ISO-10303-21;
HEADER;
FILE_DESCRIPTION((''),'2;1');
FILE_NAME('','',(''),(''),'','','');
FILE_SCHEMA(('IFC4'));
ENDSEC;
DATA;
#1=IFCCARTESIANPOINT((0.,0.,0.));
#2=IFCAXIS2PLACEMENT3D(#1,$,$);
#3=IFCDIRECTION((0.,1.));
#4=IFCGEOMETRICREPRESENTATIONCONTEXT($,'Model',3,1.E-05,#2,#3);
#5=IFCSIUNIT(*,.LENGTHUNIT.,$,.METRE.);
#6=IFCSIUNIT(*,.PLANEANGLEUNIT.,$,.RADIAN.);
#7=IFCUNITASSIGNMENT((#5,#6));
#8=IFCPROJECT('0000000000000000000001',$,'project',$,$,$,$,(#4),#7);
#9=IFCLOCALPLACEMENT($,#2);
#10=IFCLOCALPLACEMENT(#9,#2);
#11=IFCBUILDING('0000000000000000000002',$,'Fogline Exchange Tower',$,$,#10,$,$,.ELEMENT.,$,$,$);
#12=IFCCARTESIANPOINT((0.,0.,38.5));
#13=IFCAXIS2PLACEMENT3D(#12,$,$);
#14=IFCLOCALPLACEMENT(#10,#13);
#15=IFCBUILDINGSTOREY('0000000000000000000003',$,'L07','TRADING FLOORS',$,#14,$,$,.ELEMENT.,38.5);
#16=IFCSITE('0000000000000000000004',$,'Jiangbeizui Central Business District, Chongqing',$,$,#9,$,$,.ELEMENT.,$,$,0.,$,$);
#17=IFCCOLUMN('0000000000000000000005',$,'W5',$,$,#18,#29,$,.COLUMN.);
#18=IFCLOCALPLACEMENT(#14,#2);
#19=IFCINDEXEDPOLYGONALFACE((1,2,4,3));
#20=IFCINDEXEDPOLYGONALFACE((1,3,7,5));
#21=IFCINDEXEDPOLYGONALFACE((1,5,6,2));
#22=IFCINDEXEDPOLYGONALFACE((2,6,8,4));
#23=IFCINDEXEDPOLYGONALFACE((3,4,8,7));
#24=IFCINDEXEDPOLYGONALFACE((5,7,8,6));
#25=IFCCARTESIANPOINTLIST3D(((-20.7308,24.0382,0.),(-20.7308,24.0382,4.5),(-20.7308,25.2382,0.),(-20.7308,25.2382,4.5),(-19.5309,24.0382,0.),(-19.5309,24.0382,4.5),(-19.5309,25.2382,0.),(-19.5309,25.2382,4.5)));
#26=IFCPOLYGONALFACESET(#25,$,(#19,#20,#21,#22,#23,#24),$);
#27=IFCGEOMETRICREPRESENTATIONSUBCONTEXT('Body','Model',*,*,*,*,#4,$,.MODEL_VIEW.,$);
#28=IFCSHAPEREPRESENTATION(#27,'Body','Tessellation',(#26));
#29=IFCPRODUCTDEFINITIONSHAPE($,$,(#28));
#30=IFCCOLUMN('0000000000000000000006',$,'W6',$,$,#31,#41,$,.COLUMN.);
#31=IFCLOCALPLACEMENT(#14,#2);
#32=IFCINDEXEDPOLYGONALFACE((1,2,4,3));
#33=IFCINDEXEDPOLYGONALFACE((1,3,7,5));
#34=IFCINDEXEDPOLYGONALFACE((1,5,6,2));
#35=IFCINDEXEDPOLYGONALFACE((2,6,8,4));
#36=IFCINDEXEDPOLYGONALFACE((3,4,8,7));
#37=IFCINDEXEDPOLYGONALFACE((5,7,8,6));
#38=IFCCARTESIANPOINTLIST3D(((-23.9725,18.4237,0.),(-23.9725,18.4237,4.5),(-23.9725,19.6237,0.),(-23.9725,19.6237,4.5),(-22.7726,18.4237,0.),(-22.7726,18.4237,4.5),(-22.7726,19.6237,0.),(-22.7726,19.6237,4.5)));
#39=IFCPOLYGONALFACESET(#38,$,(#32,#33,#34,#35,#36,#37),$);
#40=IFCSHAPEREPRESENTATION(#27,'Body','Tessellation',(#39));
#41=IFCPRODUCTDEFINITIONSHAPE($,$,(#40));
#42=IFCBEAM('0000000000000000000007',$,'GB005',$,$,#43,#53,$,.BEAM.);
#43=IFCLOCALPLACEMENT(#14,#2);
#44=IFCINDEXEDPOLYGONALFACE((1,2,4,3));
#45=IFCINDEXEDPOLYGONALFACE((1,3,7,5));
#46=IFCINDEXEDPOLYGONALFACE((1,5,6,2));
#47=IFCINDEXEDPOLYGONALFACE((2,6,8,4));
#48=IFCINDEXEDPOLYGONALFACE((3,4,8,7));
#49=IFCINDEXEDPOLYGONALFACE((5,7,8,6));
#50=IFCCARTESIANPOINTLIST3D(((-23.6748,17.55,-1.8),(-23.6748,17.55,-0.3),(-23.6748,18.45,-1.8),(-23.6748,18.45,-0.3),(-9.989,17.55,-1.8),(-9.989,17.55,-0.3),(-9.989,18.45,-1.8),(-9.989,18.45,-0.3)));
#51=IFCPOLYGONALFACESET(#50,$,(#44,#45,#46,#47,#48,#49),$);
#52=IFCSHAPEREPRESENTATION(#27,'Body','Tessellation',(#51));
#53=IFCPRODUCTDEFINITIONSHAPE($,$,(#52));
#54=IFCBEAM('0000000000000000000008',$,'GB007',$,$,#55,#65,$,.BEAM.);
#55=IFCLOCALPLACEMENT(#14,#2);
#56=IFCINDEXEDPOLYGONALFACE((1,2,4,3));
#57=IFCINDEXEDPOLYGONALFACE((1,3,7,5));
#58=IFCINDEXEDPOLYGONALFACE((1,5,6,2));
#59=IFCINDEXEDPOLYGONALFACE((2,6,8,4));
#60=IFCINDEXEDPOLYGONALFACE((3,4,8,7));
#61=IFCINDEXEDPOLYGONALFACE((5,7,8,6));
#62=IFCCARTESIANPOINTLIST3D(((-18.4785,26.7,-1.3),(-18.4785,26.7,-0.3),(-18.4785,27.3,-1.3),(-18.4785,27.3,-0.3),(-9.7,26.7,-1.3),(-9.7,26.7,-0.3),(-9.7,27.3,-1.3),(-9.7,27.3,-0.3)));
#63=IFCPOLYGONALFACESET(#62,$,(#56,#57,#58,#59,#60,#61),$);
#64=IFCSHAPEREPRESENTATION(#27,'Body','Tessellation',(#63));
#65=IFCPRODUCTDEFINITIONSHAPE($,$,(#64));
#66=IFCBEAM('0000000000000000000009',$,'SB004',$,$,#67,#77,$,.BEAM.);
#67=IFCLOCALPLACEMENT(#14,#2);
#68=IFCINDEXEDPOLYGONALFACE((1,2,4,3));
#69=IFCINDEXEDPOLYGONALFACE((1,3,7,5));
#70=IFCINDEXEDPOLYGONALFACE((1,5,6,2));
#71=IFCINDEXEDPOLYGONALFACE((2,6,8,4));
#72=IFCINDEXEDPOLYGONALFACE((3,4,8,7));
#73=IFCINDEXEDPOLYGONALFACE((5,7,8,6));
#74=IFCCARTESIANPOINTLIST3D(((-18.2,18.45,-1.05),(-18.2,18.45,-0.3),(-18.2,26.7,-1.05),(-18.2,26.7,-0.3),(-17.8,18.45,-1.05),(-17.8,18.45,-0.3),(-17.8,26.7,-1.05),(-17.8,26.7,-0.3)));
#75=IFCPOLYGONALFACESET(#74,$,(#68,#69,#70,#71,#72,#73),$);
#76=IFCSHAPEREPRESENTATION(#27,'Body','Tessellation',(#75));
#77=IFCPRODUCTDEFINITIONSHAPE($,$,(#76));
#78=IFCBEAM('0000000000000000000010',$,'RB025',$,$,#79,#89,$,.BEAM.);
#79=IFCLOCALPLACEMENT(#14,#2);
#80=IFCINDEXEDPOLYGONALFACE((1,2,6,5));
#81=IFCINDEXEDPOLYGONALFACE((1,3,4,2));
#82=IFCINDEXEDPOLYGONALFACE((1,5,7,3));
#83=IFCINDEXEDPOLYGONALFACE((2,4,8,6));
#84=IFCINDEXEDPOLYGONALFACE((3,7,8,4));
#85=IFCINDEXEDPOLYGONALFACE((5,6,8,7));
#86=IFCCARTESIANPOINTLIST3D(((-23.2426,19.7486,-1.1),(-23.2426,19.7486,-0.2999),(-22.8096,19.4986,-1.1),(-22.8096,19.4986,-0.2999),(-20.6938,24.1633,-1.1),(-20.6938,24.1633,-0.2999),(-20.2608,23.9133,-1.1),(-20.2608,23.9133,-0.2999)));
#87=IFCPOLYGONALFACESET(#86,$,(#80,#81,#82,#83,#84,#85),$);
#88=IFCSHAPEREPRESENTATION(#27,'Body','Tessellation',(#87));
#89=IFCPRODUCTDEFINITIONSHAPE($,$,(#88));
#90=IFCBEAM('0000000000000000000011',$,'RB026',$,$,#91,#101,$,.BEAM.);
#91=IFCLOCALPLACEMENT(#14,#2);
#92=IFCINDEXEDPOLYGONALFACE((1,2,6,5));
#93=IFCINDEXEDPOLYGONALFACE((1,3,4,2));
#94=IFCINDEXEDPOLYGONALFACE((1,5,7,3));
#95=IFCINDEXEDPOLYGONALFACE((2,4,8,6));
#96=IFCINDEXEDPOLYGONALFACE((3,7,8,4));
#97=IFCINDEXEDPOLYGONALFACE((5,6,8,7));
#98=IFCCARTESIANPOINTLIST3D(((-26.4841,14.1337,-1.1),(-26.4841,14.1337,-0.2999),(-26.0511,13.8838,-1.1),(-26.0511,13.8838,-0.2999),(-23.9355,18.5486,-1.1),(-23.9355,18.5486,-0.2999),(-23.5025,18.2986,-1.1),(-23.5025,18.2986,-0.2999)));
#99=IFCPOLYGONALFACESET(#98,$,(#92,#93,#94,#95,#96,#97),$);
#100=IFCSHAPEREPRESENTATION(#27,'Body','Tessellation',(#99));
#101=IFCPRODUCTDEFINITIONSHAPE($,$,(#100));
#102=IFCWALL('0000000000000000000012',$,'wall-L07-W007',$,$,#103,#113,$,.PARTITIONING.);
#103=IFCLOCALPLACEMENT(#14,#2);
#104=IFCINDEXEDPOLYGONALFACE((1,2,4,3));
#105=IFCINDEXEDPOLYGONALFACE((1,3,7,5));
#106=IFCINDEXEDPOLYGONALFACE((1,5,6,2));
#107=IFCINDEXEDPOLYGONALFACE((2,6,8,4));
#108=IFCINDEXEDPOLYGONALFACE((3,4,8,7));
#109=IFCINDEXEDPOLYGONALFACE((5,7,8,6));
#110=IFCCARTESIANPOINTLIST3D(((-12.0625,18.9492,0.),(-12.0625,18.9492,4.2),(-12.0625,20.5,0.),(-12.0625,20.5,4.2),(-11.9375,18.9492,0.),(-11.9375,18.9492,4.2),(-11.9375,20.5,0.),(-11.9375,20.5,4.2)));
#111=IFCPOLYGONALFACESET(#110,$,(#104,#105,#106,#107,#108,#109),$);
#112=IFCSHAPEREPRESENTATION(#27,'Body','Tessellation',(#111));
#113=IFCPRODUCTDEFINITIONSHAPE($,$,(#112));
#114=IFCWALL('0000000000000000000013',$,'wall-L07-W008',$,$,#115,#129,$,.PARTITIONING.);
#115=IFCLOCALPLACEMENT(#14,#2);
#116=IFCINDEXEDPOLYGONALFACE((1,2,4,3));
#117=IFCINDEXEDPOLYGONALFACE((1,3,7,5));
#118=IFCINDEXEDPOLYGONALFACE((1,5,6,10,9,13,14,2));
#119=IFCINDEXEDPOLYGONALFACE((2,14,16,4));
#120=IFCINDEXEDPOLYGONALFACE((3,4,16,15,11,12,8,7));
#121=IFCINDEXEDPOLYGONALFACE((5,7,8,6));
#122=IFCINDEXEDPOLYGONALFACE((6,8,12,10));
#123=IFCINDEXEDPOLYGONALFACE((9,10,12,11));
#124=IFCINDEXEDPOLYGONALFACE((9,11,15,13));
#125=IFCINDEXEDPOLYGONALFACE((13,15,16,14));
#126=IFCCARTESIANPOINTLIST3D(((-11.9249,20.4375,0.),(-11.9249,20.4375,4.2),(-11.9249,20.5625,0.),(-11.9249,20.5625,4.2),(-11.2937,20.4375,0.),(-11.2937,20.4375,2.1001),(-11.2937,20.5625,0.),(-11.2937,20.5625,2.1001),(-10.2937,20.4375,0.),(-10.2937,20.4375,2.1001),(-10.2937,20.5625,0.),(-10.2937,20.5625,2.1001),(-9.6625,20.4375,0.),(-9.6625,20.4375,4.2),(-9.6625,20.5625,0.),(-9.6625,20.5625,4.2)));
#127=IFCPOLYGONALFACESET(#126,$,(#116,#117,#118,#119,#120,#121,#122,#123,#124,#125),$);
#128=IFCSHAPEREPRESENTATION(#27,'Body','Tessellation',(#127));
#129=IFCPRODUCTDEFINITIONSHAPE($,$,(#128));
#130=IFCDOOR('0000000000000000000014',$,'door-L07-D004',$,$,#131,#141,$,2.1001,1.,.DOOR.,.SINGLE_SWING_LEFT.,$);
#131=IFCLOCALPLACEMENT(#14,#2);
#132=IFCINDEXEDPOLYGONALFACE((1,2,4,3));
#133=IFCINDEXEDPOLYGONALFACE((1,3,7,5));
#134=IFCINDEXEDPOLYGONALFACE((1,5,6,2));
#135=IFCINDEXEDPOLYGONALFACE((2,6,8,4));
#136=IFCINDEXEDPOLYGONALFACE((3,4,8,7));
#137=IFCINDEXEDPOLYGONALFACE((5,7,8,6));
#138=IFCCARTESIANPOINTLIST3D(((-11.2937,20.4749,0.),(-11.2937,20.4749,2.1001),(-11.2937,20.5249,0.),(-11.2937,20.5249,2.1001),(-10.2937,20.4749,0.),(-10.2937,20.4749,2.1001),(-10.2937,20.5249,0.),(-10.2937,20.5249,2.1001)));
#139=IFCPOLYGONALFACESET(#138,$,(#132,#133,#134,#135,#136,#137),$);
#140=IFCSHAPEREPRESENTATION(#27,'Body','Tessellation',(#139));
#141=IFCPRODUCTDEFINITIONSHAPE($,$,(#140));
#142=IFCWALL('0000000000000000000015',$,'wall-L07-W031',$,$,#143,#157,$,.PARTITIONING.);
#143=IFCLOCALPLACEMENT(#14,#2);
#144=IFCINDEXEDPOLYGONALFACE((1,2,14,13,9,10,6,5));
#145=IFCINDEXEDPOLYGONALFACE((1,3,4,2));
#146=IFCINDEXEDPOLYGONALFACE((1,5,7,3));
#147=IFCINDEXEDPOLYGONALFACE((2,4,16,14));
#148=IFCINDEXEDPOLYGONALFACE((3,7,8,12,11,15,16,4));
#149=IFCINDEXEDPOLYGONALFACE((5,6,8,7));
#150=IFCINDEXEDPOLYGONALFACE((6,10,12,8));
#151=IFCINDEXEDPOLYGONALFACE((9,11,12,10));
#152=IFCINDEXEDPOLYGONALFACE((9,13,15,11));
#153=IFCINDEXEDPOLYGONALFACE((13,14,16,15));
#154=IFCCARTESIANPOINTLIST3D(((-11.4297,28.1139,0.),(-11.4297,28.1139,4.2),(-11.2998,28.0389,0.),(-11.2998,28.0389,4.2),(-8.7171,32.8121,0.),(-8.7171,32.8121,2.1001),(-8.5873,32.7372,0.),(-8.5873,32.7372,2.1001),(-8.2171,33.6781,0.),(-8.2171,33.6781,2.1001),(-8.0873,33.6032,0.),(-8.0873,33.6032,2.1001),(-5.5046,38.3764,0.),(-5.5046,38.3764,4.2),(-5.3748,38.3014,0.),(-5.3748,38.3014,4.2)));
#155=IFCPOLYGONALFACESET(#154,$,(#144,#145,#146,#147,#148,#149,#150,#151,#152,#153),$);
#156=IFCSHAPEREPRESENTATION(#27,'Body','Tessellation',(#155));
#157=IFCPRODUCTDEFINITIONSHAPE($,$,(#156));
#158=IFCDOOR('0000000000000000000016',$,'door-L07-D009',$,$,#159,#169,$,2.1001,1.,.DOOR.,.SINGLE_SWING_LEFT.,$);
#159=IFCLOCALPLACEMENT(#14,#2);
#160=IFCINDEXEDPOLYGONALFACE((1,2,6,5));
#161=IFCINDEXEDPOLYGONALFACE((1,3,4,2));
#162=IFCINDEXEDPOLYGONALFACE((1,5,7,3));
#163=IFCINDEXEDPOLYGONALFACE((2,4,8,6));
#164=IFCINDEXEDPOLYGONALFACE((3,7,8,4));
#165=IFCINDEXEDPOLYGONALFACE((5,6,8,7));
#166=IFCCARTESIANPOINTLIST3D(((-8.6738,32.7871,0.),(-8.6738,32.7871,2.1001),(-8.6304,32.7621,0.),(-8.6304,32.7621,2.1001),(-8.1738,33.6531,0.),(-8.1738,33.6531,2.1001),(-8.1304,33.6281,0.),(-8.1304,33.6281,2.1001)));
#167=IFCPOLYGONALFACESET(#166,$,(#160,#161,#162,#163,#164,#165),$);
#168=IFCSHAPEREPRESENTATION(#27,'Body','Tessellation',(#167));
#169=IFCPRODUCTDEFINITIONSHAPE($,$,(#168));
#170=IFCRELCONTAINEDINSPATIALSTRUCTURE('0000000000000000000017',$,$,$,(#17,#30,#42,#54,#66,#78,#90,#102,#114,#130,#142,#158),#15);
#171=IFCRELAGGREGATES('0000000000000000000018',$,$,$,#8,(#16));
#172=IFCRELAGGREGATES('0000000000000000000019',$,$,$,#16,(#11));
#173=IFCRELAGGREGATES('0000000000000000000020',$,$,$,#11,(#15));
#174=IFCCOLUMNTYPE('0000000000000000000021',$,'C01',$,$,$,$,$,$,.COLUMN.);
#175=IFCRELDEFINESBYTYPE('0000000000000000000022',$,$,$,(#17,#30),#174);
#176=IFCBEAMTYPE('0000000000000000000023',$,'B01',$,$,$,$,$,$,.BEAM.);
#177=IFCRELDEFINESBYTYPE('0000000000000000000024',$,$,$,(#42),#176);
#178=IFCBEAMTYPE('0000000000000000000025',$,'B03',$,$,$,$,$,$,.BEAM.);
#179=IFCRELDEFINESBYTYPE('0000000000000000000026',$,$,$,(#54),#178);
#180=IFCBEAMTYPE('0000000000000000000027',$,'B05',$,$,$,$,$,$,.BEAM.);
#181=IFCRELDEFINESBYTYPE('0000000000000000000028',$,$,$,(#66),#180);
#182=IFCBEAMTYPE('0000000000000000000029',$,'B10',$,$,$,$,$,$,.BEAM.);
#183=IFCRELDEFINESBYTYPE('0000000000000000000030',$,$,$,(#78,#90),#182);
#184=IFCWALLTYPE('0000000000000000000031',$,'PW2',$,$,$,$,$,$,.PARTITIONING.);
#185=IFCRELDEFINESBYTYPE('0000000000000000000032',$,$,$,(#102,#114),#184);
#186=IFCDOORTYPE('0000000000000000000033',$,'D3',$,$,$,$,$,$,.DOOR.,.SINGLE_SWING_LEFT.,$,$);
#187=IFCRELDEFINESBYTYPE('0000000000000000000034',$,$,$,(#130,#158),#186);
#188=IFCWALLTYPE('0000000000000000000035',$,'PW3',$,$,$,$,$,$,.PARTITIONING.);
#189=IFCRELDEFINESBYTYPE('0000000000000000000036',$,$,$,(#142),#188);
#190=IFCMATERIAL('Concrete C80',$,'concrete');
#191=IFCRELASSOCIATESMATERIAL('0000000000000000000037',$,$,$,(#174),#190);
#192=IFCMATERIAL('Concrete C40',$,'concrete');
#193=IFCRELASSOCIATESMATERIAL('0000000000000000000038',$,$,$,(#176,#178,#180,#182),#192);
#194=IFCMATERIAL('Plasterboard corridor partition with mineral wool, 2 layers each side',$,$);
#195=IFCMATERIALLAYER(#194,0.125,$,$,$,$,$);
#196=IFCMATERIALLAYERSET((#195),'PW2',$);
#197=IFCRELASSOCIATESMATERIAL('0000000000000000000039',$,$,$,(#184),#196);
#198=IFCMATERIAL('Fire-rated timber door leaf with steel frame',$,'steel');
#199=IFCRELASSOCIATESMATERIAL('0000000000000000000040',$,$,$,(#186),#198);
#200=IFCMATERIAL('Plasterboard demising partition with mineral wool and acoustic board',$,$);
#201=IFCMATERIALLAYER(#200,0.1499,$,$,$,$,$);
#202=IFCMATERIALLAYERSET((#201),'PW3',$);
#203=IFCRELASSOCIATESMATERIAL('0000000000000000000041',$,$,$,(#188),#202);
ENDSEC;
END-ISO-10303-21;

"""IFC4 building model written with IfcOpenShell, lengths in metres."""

from ifc_helpers import new_model, si_unit, direction, frame, frame_2d, origin, origin_2d, place, context, subcontext, project, spatial, rectangle, extrude, material, layer, layer_set, material_profile, profile_set, type_object, element, fill, save


model = new_model("IFC4")

# Units and contexts
model_context = context("Model", 3, precision=1e-05, world=origin(), true_north=direction((0.0, 1.0)))
body_context = subcontext(model_context, "Body", "Model", "MODEL_VIEW")
ifc_project = project(units=[si_unit("LENGTHUNIT", "METRE"), si_unit("PLANEANGLEUNIT", "RADIAN")], contexts=[model_context])

# Site, building, storey
site_placement = place(None, origin())
site = spatial("IfcSite", under=ifc_project, at=site_placement, Name="Jiangbeizui Central Business District, Chongqing", CompositionType="ELEMENT", RefElevation=0.0)
building_placement = place(site_placement, origin())
building = spatial("IfcBuilding", under=site, at=building_placement, Name="Fogline Exchange Tower", CompositionType="ELEMENT")
storey_placement = place(building_placement, frame((0.0, 0.0, 38.5)))
storey = spatial("IfcBuildingStorey", under=building, at=storey_placement, Name="L07", Description="TRADING FLOORS", CompositionType="ELEMENT", Elevation=38.5)

# Columns
ifc_material_1 = material(Name="Concrete C80", Category="concrete")
ifc_material_profile_1 = material_profile(ifc_material_1, rectangle(XDim=1.2, YDim=1.2, at=origin_2d()), Name="RC 1200x1200")
ifc_profile_set_1 = profile_set([ifc_material_profile_1], Name="Concrete C80")
column_type = type_object("IfcColumnType", Name="C01", PredefinedType="COLUMN", material=ifc_profile_set_1)
for number, where, z_axis, x_axis, name in (
    (1, (-20.1309, 24.6382, 0.0), (0.0, 0.0, 1.0), (1.0, 0.0, 0.0), "W5"),
    (2, (-23.3726, 19.0237, 0.0), (0.0, 0.0, 1.0), (1.0, 0.0, 0.0), "W6"),
):
    element("IfcColumn", number, at=place(storey_placement, frame(where, z_axis=z_axis, x_axis=x_axis)), inside=storey, type_object=column_type, Name=name, PredefinedType="COLUMN", context=body_context, shape_type="SweptSolid", body=[
        extrude(rectangle(XDim=1.2, YDim=1.2, at=origin_2d()), origin(), (0.0, 0.0, 1.0), 4.5),
    ])

# Beams
ifc_material_2 = material(Name="Concrete C40", Category="concrete")
ifc_material_profile_2 = material_profile(ifc_material_2, rectangle(XDim=0.8999, YDim=1.5, at=origin_2d()), Name="RC 900x1500")
ifc_profile_set_2 = profile_set([ifc_material_profile_2], Name="Concrete C40")
beam_type_1 = type_object("IfcBeamType", Name="B01", PredefinedType="BEAM", material=ifc_profile_set_2)
beam_1_placement = place(storey_placement, frame((-23.6748, 18.0, -1.05), z_axis=(1.0, 0.0, 0.0), x_axis=(0.0, 1.0, 0.0)))
element("IfcBeam", 3, at=beam_1_placement, inside=storey, type_object=beam_type_1, Name="GB005", PredefinedType="BEAM", context=body_context, shape_type="SweptSolid", body=[
    extrude(rectangle(XDim=0.8999, YDim=1.5, at=origin_2d()), origin(), (0.0, 0.0, 1.0), 13.6858),
])
ifc_material_profile_3 = material_profile(ifc_material_2, rectangle(XDim=0.6001, YDim=1.0, at=origin_2d()), Name="RC 600x1000")
ifc_profile_set_3 = profile_set([ifc_material_profile_3], Name="Concrete C40")
beam_type_2 = type_object("IfcBeamType", Name="B03", PredefinedType="BEAM", material=ifc_profile_set_3)
beam_2_placement = place(storey_placement, frame((-18.4785, 27.0, -0.8), z_axis=(1.0, 0.0, 0.0), x_axis=(0.0, 1.0, 0.0)))
element("IfcBeam", 4, at=beam_2_placement, inside=storey, type_object=beam_type_2, Name="GB007", PredefinedType="BEAM", context=body_context, shape_type="SweptSolid", body=[
    extrude(rectangle(XDim=0.6001, YDim=1.0, at=origin_2d()), origin(), (0.0, 0.0, 1.0), 8.7786),
])
ifc_material_profile_4 = material_profile(ifc_material_2, rectangle(XDim=0.3999, YDim=0.75, at=origin_2d()), Name="RC 400x750")
ifc_profile_set_4 = profile_set([ifc_material_profile_4], Name="Concrete C40")
beam_type_3 = type_object("IfcBeamType", Name="B05", PredefinedType="BEAM", material=ifc_profile_set_4)
beam_3_placement = place(storey_placement, frame((-18.0, 18.45, -0.675), z_axis=(0.0, 1.0, 0.0), x_axis=(-1.0, 0.0, 0.0)))
element("IfcBeam", 5, at=beam_3_placement, inside=storey, type_object=beam_type_3, Name="SB004", PredefinedType="BEAM", context=body_context, shape_type="SweptSolid", body=[
    extrude(rectangle(XDim=0.3999, YDim=0.75, at=origin_2d()), origin(), (0.0, 0.0, 1.0), 8.25),
])
ifc_material_profile_5 = material_profile(ifc_material_2, rectangle(XDim=0.5, YDim=0.8, at=origin_2d()), Name="RC 500x800")
ifc_profile_set_5 = profile_set([ifc_material_profile_5], Name="Concrete C40")
beam_type_4 = type_object("IfcBeamType", Name="B10", PredefinedType="BEAM", material=ifc_profile_set_5)
for number, where, z_axis, x_axis, name in (
    (6, (-20.4773, 24.0383, -0.7), (-0.499992, -0.86603, 0.0), (0.86603, -0.499992, 0.0), "RB025"),
    (7, (-23.719, 18.4236, -0.7), (-0.499956, -0.866051, 0.0), (0.866051, -0.499956, 0.0), "RB026"),
):
    element("IfcBeam", number, at=place(storey_placement, frame(where, z_axis=z_axis, x_axis=x_axis)), inside=storey, type_object=beam_type_4, Name=name, PredefinedType="BEAM", context=body_context, shape_type="SweptSolid", body=[
        extrude(rectangle(XDim=0.5, YDim=0.8, at=origin_2d()), origin(), (0.0, 0.0, 1.0), 5.0977),
    ])

# Wall
ifc_material_3 = material(Name="Plasterboard corridor partition with mineral wool, 2 layers each side")
ifc_layer_1 = layer(ifc_material_3, 0.125)
ifc_layer_set_1 = layer_set([ifc_layer_1], Name="PW2")
wall_type_1 = type_object("IfcWallType", Name="PW2", PredefinedType="PARTITIONING", material=ifc_layer_set_1)
wall_1_placement = place(storey_placement, frame((-12.0, 18.9492, 0.0), z_axis=(0.0, 0.0, 1.0), x_axis=(0.0, 1.0, 0.0)))
element("IfcWall", 8, at=wall_1_placement, inside=storey, type_object=wall_type_1, Name="wall-L07-W007", PredefinedType="PARTITIONING", context=body_context, shape_type="SweptSolid", body=[
    extrude(rectangle(XDim=1.5508, YDim=0.125, at=frame_2d((0.7754, 0.0))), origin(), (0.0, 0.0, 1.0), 4.2),
])

# Walls, openings, doors
wall_2_placement = place(storey_placement, frame((-11.925, 20.5, 0.0), z_axis=(0.0, 0.0, 1.0), x_axis=(1.0, 0.0, 0.0)))
wall_2 = element("IfcWall", 9, at=wall_2_placement, inside=storey, type_object=wall_type_1, Name="wall-L07-W008", PredefinedType="PARTITIONING", context=body_context, shape_type="SweptSolid", body=[
    extrude(rectangle(XDim=2.2625, YDim=0.125, at=frame_2d((1.1313, 0.0))), origin(), (0.0, 0.0, 1.0), 4.2),
])
opening_1_placement = place(wall_2_placement, frame((0.6313, 0.0, 0.0)))
opening_1 = element("IfcOpeningElement", 10, at=opening_1_placement, cuts=wall_2, PredefinedType="OPENING", context=body_context, shape_type="SweptSolid", body=[
    extrude(rectangle(XDim=1.0, YDim=2.1001, at=frame_2d((0.5, 1.05))), frame((0.0, 0.0725, 0.0), z_axis=(0.0, -1.0, 0.0), x_axis=(1.0, 0.0, 0.0)), (0.0, 0.0, 1.0), 0.145),
])
ifc_material_4 = material(Name="Fire-rated timber door leaf with steel frame", Category="steel")
door_type = type_object("IfcDoorType", Name="D3", OperationType="SINGLE_SWING_LEFT", PredefinedType="DOOR", material=ifc_material_4)
door_1_placement = place(opening_1_placement, origin())
door_1 = element("IfcDoor", 11, at=door_1_placement, inside=storey, type_object=door_type, Name="door-L07-D004", OperationType="SINGLE_SWING_LEFT", OverallHeight=2.1001, OverallWidth=1.0, PredefinedType="DOOR", context=body_context, shape_type="SweptSolid", body=[
    extrude(rectangle(XDim=1.0, YDim=2.1001, at=frame_2d((0.5, 1.05))), frame((0.0, 0.0249, 0.0), z_axis=(0.0, -1.0, 0.0), x_axis=(1.0, 0.0, 0.0)), (0.0, 0.0, 1.0), 0.05),
])
fill(opening_1, door_1)
ifc_material_5 = material(Name="Plasterboard demising partition with mineral wool and acoustic board")
ifc_layer_2 = layer(ifc_material_5, 0.1499)
ifc_layer_set_2 = layer_set([ifc_layer_2], Name="PW3")
wall_type_2 = type_object("IfcWallType", Name="PW3", PredefinedType="PARTITIONING", material=ifc_layer_set_2)
wall_3_placement = place(storey_placement, frame((-11.3647, 28.0764, 0.0), z_axis=(0.0, 0.0, 1.0), x_axis=(0.500001, 0.866025, 0.0)))
wall_3 = element("IfcWall", 12, at=wall_3_placement, inside=storey, type_object=wall_type_2, Name="wall-L07-W031", PredefinedType="PARTITIONING", context=body_context, shape_type="SweptSolid", body=[
    extrude(rectangle(XDim=11.8501, YDim=0.1499, at=frame_2d((5.925, 0.0))), origin(), (0.0, 0.0, 1.0), 4.2),
])
opening_2_placement = place(wall_3_placement, frame((5.425, 0.0, 0.0)))
opening_2 = element("IfcOpeningElement", 13, at=opening_2_placement, cuts=wall_3, PredefinedType="OPENING", context=body_context, shape_type="SweptSolid", body=[
    extrude(rectangle(XDim=1.0, YDim=2.1001, at=frame_2d((0.5, 1.05))), frame((0.0, 0.085, 0.0), z_axis=(0.0, -1.0, 0.0), x_axis=(1.0, 0.0, 0.0)), (0.0, 0.0, 1.0), 0.1699),
])
door_2_placement = place(opening_2_placement, origin())
door_2 = element("IfcDoor", 14, at=door_2_placement, inside=storey, type_object=door_type, Name="door-L07-D009", OperationType="SINGLE_SWING_LEFT", OverallHeight=2.1001, OverallWidth=1.0, PredefinedType="DOOR", context=body_context, shape_type="SweptSolid", body=[
    extrude(rectangle(XDim=1.0, YDim=2.1001, at=frame_2d((0.5, 1.05))), frame((0.0, 0.0249, 0.0), z_axis=(0.0, -1.0, 0.0), x_axis=(1.0, 0.0, 0.0)), (0.0, 0.0, 1.0), 0.05),
])
fill(opening_2, door_2)

save(model, "model.ifc")
